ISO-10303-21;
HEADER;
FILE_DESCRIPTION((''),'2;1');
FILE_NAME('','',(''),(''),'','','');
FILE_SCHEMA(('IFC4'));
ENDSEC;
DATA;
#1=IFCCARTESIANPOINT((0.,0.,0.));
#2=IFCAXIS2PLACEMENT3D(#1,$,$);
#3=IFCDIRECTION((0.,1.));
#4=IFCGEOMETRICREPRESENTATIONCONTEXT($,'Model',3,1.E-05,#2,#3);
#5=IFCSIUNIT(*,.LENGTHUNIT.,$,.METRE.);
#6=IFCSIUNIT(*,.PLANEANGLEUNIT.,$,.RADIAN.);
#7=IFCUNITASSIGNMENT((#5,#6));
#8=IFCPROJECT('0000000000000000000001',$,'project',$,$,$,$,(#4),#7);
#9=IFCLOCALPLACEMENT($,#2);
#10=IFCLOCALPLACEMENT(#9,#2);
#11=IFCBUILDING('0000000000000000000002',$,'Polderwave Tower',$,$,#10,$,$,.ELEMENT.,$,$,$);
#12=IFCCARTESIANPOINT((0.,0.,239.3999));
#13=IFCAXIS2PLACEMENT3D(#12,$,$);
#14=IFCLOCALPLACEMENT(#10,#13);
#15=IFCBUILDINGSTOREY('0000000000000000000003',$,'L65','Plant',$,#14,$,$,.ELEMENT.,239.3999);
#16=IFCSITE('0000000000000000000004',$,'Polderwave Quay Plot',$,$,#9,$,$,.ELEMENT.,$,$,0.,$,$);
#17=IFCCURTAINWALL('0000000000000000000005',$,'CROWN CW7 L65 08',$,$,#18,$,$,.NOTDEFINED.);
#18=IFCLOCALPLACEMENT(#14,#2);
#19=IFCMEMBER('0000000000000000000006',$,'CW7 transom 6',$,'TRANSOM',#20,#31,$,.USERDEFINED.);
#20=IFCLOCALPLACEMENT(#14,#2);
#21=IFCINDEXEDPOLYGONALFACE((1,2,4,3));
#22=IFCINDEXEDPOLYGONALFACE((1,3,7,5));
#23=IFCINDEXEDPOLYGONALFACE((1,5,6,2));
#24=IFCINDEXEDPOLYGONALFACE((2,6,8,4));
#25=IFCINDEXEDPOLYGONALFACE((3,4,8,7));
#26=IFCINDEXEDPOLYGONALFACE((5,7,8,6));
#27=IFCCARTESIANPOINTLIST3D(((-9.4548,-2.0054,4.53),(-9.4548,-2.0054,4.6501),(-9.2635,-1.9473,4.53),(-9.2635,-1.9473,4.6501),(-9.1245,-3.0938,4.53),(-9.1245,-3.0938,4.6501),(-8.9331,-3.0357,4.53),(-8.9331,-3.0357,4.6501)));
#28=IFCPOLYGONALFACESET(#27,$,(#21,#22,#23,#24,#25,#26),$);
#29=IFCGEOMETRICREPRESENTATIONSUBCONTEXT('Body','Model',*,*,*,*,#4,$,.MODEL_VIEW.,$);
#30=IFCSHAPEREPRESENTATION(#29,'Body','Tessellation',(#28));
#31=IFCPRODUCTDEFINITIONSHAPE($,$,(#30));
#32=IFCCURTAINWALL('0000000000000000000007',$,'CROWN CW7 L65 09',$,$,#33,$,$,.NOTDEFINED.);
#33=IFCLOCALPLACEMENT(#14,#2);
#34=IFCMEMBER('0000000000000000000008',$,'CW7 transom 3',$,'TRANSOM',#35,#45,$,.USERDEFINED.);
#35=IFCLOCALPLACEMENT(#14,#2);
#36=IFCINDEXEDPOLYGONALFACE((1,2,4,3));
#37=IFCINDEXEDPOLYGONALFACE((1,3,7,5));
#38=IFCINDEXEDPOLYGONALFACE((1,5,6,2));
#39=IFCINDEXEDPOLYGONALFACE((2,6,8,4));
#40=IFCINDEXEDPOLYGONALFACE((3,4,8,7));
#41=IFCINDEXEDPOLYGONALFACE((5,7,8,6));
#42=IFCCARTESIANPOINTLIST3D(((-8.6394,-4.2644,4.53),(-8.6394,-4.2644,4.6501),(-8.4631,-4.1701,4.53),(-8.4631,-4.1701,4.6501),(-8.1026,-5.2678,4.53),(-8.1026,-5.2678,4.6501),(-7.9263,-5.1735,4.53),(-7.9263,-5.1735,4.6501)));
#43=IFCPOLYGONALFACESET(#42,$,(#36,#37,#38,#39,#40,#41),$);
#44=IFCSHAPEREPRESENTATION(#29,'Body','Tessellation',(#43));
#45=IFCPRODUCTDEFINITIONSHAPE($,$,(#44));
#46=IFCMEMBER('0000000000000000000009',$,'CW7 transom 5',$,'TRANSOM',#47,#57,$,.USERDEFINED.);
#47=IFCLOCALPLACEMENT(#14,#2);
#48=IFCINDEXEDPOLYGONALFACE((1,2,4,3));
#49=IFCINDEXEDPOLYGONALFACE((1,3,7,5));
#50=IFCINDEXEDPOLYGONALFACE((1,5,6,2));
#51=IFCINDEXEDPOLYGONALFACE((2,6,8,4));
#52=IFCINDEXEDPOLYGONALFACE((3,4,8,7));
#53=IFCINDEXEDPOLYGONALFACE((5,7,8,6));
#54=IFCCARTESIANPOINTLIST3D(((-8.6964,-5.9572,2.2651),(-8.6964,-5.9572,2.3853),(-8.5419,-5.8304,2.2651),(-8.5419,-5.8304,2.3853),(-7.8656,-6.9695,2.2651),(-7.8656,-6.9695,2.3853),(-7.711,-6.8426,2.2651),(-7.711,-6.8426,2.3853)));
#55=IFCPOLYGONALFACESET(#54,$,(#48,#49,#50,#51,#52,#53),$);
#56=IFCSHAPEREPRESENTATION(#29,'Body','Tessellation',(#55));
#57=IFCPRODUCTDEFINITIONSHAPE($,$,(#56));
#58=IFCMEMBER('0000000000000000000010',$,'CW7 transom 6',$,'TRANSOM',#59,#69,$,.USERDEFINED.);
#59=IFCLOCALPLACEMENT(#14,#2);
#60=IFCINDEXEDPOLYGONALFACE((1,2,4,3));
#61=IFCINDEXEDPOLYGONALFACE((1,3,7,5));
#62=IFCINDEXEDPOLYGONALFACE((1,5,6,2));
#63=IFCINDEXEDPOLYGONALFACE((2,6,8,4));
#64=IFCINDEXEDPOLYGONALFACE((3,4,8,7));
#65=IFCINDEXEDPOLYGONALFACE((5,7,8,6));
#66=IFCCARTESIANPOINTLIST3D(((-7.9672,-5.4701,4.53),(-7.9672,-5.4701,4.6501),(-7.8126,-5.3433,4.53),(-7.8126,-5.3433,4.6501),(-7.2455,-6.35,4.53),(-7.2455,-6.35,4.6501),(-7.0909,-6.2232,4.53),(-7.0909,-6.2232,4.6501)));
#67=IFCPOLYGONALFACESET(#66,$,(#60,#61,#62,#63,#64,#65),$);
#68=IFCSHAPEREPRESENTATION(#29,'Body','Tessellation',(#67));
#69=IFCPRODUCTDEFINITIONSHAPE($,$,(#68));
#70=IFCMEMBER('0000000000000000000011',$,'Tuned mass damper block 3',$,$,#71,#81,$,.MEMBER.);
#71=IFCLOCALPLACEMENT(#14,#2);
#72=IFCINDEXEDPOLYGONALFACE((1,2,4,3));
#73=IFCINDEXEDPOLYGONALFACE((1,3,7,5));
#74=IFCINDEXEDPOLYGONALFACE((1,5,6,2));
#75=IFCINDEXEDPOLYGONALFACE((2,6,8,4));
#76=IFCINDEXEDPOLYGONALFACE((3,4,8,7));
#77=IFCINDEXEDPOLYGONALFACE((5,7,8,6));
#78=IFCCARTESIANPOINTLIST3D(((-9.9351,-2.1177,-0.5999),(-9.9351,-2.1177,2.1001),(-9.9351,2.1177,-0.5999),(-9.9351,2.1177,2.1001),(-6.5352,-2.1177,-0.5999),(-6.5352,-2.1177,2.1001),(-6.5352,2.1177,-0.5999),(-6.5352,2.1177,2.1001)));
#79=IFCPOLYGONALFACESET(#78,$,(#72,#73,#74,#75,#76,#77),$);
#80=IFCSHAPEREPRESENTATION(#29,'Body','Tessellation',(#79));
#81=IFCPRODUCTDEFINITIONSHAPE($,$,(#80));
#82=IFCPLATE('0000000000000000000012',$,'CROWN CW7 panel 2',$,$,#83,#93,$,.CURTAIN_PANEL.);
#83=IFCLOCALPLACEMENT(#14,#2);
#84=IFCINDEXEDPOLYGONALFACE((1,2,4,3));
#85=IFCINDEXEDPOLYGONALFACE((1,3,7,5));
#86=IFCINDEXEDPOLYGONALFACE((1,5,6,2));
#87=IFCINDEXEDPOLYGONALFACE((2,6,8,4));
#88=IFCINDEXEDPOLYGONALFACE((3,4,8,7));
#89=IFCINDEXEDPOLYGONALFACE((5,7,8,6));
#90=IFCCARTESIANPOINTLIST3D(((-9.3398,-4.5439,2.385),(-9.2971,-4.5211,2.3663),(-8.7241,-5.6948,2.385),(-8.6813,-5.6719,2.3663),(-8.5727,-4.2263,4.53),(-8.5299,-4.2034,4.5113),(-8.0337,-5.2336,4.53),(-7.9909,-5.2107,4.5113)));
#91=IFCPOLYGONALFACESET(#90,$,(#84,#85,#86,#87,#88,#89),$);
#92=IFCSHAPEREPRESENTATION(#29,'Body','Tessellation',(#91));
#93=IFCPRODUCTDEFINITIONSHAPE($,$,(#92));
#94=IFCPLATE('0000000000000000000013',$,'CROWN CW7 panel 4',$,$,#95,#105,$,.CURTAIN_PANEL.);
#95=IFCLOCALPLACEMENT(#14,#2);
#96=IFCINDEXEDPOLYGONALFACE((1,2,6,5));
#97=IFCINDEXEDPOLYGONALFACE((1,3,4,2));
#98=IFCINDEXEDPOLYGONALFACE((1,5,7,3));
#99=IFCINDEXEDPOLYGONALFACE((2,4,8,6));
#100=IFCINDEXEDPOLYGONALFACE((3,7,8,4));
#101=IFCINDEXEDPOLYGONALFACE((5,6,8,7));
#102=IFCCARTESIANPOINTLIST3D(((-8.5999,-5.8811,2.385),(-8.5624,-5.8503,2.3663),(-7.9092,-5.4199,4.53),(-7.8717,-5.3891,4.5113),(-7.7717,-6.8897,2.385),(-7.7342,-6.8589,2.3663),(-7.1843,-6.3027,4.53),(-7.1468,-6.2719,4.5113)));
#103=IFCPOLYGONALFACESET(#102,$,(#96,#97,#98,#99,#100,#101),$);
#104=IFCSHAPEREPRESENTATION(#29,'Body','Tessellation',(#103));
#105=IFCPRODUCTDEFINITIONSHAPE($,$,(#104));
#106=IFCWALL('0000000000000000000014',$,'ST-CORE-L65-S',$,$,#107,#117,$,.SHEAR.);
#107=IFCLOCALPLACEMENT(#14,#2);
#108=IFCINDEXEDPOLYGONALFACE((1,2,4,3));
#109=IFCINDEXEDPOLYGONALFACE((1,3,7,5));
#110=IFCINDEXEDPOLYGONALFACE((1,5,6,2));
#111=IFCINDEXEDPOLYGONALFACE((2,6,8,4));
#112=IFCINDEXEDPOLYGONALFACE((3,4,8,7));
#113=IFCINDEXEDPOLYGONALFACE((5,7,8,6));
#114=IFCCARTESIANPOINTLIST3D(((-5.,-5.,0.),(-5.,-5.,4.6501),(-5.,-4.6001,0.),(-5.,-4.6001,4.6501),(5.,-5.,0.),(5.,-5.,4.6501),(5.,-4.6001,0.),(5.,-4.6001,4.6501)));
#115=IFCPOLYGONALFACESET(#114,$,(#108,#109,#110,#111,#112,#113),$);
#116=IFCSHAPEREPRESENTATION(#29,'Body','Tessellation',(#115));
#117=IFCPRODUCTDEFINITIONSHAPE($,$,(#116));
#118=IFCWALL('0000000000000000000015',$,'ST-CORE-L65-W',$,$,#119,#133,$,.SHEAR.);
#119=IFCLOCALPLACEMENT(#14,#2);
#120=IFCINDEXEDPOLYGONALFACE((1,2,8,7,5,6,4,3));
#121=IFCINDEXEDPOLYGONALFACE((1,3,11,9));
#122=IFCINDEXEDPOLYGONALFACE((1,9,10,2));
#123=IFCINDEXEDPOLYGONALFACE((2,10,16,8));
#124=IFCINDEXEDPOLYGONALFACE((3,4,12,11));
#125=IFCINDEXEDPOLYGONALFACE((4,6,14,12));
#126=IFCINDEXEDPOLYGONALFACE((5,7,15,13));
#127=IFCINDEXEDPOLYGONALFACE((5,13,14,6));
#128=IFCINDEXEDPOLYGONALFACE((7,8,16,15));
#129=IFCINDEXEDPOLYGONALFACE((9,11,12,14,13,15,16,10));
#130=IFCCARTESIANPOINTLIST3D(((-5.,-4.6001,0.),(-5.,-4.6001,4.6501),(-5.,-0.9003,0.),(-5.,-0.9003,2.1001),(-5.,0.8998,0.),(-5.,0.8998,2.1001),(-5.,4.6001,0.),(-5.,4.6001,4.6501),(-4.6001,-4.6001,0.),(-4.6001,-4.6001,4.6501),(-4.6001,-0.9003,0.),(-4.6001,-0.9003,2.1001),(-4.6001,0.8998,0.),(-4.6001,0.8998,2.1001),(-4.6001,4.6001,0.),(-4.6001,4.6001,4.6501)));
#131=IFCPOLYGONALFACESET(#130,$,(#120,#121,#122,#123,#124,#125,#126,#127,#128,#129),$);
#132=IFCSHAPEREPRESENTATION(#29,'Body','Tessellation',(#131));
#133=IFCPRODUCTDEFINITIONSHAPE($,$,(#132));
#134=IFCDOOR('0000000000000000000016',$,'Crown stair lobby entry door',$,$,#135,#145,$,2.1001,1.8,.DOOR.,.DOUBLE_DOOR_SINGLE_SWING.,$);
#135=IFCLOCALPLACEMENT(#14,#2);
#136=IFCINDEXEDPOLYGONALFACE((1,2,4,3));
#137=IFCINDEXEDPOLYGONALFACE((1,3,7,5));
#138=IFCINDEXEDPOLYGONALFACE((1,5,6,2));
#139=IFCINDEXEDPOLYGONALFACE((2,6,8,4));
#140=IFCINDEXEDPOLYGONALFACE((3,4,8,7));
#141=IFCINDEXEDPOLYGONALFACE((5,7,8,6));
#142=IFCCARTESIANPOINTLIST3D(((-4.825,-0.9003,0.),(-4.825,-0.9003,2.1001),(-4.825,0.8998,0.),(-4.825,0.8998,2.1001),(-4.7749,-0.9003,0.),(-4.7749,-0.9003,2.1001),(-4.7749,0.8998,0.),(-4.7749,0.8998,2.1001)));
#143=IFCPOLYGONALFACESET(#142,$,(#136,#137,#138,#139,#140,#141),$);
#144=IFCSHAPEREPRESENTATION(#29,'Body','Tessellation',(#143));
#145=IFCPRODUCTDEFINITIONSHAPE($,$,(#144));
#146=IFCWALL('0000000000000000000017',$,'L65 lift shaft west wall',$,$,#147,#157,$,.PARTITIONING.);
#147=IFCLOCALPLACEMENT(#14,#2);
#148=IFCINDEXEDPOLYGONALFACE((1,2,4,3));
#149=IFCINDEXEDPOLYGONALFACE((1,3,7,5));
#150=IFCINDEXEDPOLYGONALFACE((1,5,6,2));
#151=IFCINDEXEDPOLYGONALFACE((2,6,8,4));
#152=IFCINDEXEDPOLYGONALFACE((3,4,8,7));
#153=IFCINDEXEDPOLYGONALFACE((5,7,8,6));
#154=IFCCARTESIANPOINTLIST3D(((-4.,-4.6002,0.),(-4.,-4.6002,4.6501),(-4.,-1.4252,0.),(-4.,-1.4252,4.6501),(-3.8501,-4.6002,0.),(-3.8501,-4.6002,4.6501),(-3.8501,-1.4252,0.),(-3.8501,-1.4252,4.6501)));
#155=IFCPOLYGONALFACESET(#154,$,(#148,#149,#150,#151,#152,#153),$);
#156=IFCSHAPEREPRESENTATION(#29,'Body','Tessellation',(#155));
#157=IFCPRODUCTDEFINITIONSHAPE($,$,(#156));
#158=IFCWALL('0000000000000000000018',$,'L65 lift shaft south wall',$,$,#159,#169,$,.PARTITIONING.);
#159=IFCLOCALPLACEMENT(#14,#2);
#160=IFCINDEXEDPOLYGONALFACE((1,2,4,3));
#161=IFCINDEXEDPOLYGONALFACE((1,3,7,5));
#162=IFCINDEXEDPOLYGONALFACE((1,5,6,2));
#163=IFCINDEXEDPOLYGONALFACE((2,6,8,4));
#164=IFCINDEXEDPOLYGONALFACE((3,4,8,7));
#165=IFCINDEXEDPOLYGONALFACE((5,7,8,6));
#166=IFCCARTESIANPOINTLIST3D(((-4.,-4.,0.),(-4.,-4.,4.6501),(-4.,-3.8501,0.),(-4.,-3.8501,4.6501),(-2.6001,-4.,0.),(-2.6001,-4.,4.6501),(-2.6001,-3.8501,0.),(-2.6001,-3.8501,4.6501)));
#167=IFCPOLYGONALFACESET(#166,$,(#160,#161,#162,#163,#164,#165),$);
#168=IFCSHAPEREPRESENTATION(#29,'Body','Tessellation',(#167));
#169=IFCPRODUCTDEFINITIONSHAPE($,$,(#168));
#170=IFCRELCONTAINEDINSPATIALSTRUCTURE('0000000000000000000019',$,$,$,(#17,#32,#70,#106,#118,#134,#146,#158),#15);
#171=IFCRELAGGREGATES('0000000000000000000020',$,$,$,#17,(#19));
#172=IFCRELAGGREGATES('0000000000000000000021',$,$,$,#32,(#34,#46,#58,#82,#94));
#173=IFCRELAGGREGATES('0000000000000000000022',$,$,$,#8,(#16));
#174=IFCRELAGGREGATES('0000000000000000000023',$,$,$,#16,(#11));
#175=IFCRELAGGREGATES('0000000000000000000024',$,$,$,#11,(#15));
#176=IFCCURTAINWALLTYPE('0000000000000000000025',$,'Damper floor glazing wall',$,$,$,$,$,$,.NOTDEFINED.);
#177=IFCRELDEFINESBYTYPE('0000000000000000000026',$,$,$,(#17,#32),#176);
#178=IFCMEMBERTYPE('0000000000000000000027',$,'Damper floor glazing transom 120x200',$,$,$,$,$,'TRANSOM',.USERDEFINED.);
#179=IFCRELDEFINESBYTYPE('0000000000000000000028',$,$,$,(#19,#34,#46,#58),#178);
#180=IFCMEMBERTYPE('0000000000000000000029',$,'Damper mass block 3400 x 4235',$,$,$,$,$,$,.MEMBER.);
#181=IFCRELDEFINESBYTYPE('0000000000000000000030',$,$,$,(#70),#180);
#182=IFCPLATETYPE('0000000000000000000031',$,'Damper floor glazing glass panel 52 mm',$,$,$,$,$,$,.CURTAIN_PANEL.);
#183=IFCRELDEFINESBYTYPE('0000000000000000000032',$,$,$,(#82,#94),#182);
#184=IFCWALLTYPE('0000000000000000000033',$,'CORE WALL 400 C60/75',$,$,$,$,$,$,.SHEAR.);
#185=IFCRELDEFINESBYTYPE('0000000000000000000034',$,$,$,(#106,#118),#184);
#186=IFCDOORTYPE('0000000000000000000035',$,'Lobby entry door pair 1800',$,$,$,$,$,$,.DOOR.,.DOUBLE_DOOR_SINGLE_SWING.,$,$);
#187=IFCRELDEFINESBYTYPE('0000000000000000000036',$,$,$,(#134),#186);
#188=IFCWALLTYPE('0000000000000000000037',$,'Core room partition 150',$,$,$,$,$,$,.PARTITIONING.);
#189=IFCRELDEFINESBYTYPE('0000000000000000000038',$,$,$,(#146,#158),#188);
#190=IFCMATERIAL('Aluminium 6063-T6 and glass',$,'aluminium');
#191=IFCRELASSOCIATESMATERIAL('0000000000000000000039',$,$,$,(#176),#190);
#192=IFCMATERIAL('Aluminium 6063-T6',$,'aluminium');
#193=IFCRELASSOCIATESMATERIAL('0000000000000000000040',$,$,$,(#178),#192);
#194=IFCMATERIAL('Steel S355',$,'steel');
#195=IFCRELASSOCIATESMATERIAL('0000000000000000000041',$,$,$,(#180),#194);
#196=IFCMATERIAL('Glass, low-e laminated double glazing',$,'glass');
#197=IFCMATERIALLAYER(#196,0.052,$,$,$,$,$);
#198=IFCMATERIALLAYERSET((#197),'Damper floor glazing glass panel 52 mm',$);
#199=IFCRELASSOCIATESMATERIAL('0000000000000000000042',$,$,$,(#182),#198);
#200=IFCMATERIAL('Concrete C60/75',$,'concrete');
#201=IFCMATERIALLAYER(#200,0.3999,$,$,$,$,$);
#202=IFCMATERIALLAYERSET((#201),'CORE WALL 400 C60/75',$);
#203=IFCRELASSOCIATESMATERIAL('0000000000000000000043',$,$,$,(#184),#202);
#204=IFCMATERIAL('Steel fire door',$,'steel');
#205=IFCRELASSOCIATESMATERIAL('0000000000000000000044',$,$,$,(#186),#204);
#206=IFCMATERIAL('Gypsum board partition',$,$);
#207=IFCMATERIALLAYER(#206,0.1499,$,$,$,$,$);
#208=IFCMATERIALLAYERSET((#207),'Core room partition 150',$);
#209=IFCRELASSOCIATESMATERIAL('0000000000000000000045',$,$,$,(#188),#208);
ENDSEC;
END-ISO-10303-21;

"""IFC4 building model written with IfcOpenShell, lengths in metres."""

from ifc_helpers import new_model, si_unit, direction, frame, frame_2d, origin, origin_2d, place, context, subcontext, project, spatial, polyline, rectangle, outline, extrude, material, layer, layer_set, material_profile, profile_set, type_object, element, fill, aggregate, save


model = new_model("IFC4")

# Units and contexts
model_context = context("Model", 3, precision=1e-05, world=origin(), true_north=direction((0.0, 1.0)))
body_context = subcontext(model_context, "Body", "Model", "MODEL_VIEW")
ifc_project = project(units=[si_unit("LENGTHUNIT", "METRE"), si_unit("PLANEANGLEUNIT", "RADIAN")], contexts=[model_context])

# Site, building, storey
site_placement = place(None, origin())
site = spatial("IfcSite", under=ifc_project, at=site_placement, Name="Polderwave Quay Plot", CompositionType="ELEMENT", RefElevation=0.0)
building_placement = place(site_placement, origin())
building = spatial("IfcBuilding", under=site, at=building_placement, Name="Polderwave Tower", CompositionType="ELEMENT")
storey_placement = place(building_placement, frame((0.0, 0.0, 239.3999)))
storey = spatial("IfcBuildingStorey", under=building, at=storey_placement, Name="L65", Description="Plant", CompositionType="ELEMENT", Elevation=239.3999)

# Curtain wall, member
ifc_material_1 = material(Name="Aluminium 6063-T6 and glass", Category="aluminium")
curtain_wall_type = type_object("IfcCurtainWallType", Name="Damper floor glazing wall", PredefinedType="NOTDEFINED", material=ifc_material_1)
curtain_wall_1_placement = place(storey_placement, origin())
curtain_wall_1 = element("IfcCurtainWall", 1, at=curtain_wall_1_placement, inside=storey, type_object=curtain_wall_type, Name="CROWN CW7 L65 08", PredefinedType="NOTDEFINED")
ifc_material_2 = material(Name="Aluminium 6063-T6", Category="aluminium")
ifc_material_profile_1 = material_profile(ifc_material_2, rectangle(XDim=0.2, YDim=0.1201, at=origin_2d()), Name="AL 120x200")
ifc_profile_set_1 = profile_set([ifc_material_profile_1], Name="Aluminium 6063-T6")
member_type_1 = type_object("IfcMemberType", Name="Damper floor glazing transom 120x200", ElementType="TRANSOM", PredefinedType="USERDEFINED", material=ifc_profile_set_1)
member_1_placement = place(storey_placement, frame((-9.3591, -1.9763, 4.5901), z_axis=(0.290418, -0.9569, 0.0), x_axis=(0.9569, 0.290418, 0.0)))
member_1 = element("IfcMember", 2, at=member_1_placement, type_object=member_type_1, Name="CW7 transom 6", ObjectType="TRANSOM", PredefinedType="USERDEFINED", context=body_context, shape_type="SweptSolid", body=[
    extrude(rectangle(XDim=0.2, YDim=0.1201, at=origin_2d()), origin(), (0.0, 0.0, 1.0), 1.1375),
])
aggregate(curtain_wall_1, [member_1])

# Curtain wall, members
curtain_wall_2_placement = place(storey_placement, origin())
curtain_wall_2 = element("IfcCurtainWall", 3, at=curtain_wall_2_placement, inside=storey, type_object=curtain_wall_type, Name="CROWN CW7 L65 09", PredefinedType="NOTDEFINED")
member_2_placement = place(storey_placement, frame((-8.5513, -4.2173, 4.5901), z_axis=(0.471757, -0.881729, 0.0), x_axis=(0.881729, 0.471757, 0.0)))
member_2 = element("IfcMember", 4, at=member_2_placement, type_object=member_type_1, Name="CW7 transom 3", ObjectType="TRANSOM", PredefinedType="USERDEFINED", context=body_context, shape_type="SweptSolid", body=[
    extrude(rectangle(XDim=0.2, YDim=0.1201, at=origin_2d()), origin(), (0.0, 0.0, 1.0), 1.1379),
])
member_3_placement = place(storey_placement, frame((-8.6191, -5.8938, 2.3252), z_axis=(0.634445, -0.772968, 0.0), x_axis=(0.772968, 0.634445, 0.0)))
member_3 = element("IfcMember", 5, at=member_3_placement, type_object=member_type_1, Name="CW7 transom 5", ObjectType="TRANSOM", PredefinedType="USERDEFINED", context=body_context, shape_type="SweptSolid", body=[
    extrude(rectangle(XDim=0.2, YDim=0.1201, at=origin_2d()), origin(), (0.0, 0.0, 1.0), 1.3096),
])
member_4_placement = place(storey_placement, frame((-7.8899, -5.4067, 4.5901), z_axis=(0.634172, -0.773192, 0.0), x_axis=(0.773192, 0.634172, 0.0)))
member_4 = element("IfcMember", 6, at=member_4_placement, type_object=member_type_1, Name="CW7 transom 6", ObjectType="TRANSOM", PredefinedType="USERDEFINED", context=body_context, shape_type="SweptSolid", body=[
    extrude(rectangle(XDim=0.2, YDim=0.1201, at=origin_2d()), origin(), (0.0, 0.0, 1.0), 1.1379),
])

# Member
ifc_material_3 = material(Name="Steel S355", Category="steel")
ifc_material_profile_2 = material_profile(ifc_material_3, rectangle(XDim=3.3999, YDim=4.2354, at=origin_2d()), Name="Steel block 3400x4235")
ifc_profile_set_2 = profile_set([ifc_material_profile_2], Name="Steel S355")
member_type_2 = type_object("IfcMemberType", Name="Damper mass block 3400 x 4235", PredefinedType="MEMBER", material=ifc_profile_set_2)
member_5_placement = place(storey_placement, frame((-8.2351, 0.0, -0.5999), z_axis=(0.0, 0.0, 1.0), x_axis=(-1.0, 0.0, 0.0)))
element("IfcMember", 7, at=member_5_placement, inside=storey, type_object=member_type_2, Name="Tuned mass damper block 3", PredefinedType="MEMBER", context=body_context, shape_type="SweptSolid", body=[
    extrude(rectangle(XDim=3.3999, YDim=4.2354, at=origin_2d()), origin(), (0.0, 0.0, 1.0), 2.7),
])

# Plates
ifc_material_4 = material(Name="Glass, low-e laminated double glazing", Category="glass")
ifc_layer_1 = layer(ifc_material_4, 0.052)
ifc_layer_set_1 = layer_set([ifc_layer_1], Name="Damper floor glazing glass panel 52 mm")
plate_type = type_object("IfcPlateType", Name="Damper floor glazing glass panel 52 mm", PredefinedType="CURTAIN_PANEL", material=ifc_layer_set_1)
plate_1_placement = place(storey_placement, frame((-9.3398, -4.5439, 2.385), z_axis=(-0.822784, -0.440245, 0.359458), x_axis=(0.471773, -0.88172, -0.000017)))
plate_1 = element("IfcPlate", 8, at=plate_1_placement, type_object=plate_type, Name="CROWN CW7 panel 2", PredefinedType="CURTAIN_PANEL", context=body_context, shape_type="SweptSolid", body=[
    extrude(outline(polyline([(0.0, 0.0), (1.3052, 0.0), (1.2243, 2.2987), (0.0818, 2.2986), (0.0, 0.0)])), origin(), (0.0, 0.0, -1.0), 0.052),
])
plate_2_placement = place(storey_placement, frame((-8.5999, -5.8811, 2.385), z_axis=(-0.721179, -0.592154, 0.35952), x_axis=(0.634585, -0.772853, 0.000003)))
plate_2 = element("IfcPlate", 9, at=plate_2_placement, type_object=plate_type, Name="CROWN CW7 panel 4", PredefinedType="CURTAIN_PANEL", context=body_context, shape_type="SweptSolid", body=[
    extrude(outline(polyline([(0.0, 0.0), (1.305, 0.0), (1.2241, 2.2987), (0.0819, 2.2987), (0.0, 0.0)])), origin(), (0.0, 0.0, -1.0), 0.052),
])
aggregate(curtain_wall_2, [member_2, member_3, member_4, plate_1, plate_2])

# Wall
ifc_material_5 = material(Name="Concrete C60/75", Category="concrete")
ifc_layer_2 = layer(ifc_material_5, 0.3999)
ifc_layer_set_2 = layer_set([ifc_layer_2], Name="CORE WALL 400 C60/75")
wall_type_1 = type_object("IfcWallType", Name="CORE WALL 400 C60/75", PredefinedType="SHEAR", material=ifc_layer_set_2)
wall_1_placement = place(storey_placement, frame((-5.0, -4.8, 0.0), z_axis=(0.0, 0.0, 1.0), x_axis=(1.0, 0.0, 0.0)))
element("IfcWall", 10, at=wall_1_placement, inside=storey, type_object=wall_type_1, Name="ST-CORE-L65-S", PredefinedType="SHEAR", context=body_context, shape_type="SweptSolid", body=[
    extrude(rectangle(XDim=10.0, YDim=0.3999, at=frame_2d((5.0, 0.0))), origin(), (0.0, 0.0, 1.0), 4.6501),
])

# Wall, opening, door
wall_2_placement = place(storey_placement, frame((-4.8, -4.6001, 0.0), z_axis=(0.0, 0.0, 1.0), x_axis=(0.0, 1.0, 0.0)))
wall_2 = element("IfcWall", 11, at=wall_2_placement, inside=storey, type_object=wall_type_1, Name="ST-CORE-L65-W", PredefinedType="SHEAR", context=body_context, shape_type="SweptSolid", body=[
    extrude(rectangle(XDim=9.2002, YDim=0.3999, at=frame_2d((4.6001, 0.0))), origin(), (0.0, 0.0, 1.0), 4.6501),
])
opening_1_placement = place(wall_2_placement, frame((3.7, 0.0, 0.0)))
opening_1 = element("IfcOpeningElement", 12, at=opening_1_placement, cuts=wall_2, PredefinedType="OPENING", context=body_context, shape_type="SweptSolid", body=[
    extrude(rectangle(XDim=1.8, YDim=2.1001, at=frame_2d((0.8999, 1.05))), frame((0.0, 0.21, 0.0), z_axis=(0.0, -1.0, 0.0), x_axis=(1.0, 0.0, 0.0)), (0.0, 0.0, 1.0), 0.4199),
])
ifc_material_6 = material(Name="Steel fire door", Category="steel")
door_type_1 = type_object("IfcDoorType", Name="Lobby entry door pair 1800", OperationType="DOUBLE_DOOR_SINGLE_SWING", PredefinedType="DOOR", material=ifc_material_6)
door_1_placement = place(opening_1_placement, origin())
door_1 = element("IfcDoor", 13, at=door_1_placement, inside=storey, type_object=door_type_1, Name="Crown stair lobby entry door", OperationType="DOUBLE_DOOR_SINGLE_SWING", OverallHeight=2.1001, OverallWidth=1.8, PredefinedType="DOOR", context=body_context, shape_type="SweptSolid", body=[
    extrude(rectangle(XDim=1.8, YDim=2.1001, at=frame_2d((0.8999, 1.05))), frame((0.0, 0.0249, 0.0), z_axis=(0.0, -1.0, 0.0), x_axis=(1.0, 0.0, 0.0)), (0.0, 0.0, 1.0), 0.05),
])
fill(opening_1, door_1)

# Walls
ifc_material_7 = material(Name="Gypsum board partition")
ifc_layer_3 = layer(ifc_material_7, 0.1499)
ifc_layer_set_3 = layer_set([ifc_layer_3], Name="Core room partition 150")
wall_type_2 = type_object("IfcWallType", Name="Core room partition 150", PredefinedType="PARTITIONING", material=ifc_layer_set_3)
wall_3_placement = place(storey_placement, frame((-3.925, -4.6001, 0.0), z_axis=(0.0, 0.0, 1.0), x_axis=(0.0, 1.0, 0.0)))
element("IfcWall", 14, at=wall_3_placement, inside=storey, type_object=wall_type_2, Name="L65 lift shaft west wall", PredefinedType="PARTITIONING", context=body_context, shape_type="SweptSolid", body=[
    extrude(rectangle(XDim=3.175, YDim=0.1499, at=frame_2d((1.5874, 0.0))), origin(), (0.0, 0.0, 1.0), 4.6501),
])
wall_4_placement = place(storey_placement, frame((-4.0, -3.925, 0.0), z_axis=(0.0, 0.0, 1.0), x_axis=(1.0, 0.0, 0.0)))
element("IfcWall", 15, at=wall_4_placement, inside=storey, type_object=wall_type_2, Name="L65 lift shaft south wall", PredefinedType="PARTITIONING", context=body_context, shape_type="SweptSolid", body=[
    extrude(rectangle(XDim=1.3999, YDim=0.1499, at=frame_2d((0.7, 0.0))), origin(), (0.0, 0.0, 1.0), 4.6501),
])

save(model, "model.ifc")
